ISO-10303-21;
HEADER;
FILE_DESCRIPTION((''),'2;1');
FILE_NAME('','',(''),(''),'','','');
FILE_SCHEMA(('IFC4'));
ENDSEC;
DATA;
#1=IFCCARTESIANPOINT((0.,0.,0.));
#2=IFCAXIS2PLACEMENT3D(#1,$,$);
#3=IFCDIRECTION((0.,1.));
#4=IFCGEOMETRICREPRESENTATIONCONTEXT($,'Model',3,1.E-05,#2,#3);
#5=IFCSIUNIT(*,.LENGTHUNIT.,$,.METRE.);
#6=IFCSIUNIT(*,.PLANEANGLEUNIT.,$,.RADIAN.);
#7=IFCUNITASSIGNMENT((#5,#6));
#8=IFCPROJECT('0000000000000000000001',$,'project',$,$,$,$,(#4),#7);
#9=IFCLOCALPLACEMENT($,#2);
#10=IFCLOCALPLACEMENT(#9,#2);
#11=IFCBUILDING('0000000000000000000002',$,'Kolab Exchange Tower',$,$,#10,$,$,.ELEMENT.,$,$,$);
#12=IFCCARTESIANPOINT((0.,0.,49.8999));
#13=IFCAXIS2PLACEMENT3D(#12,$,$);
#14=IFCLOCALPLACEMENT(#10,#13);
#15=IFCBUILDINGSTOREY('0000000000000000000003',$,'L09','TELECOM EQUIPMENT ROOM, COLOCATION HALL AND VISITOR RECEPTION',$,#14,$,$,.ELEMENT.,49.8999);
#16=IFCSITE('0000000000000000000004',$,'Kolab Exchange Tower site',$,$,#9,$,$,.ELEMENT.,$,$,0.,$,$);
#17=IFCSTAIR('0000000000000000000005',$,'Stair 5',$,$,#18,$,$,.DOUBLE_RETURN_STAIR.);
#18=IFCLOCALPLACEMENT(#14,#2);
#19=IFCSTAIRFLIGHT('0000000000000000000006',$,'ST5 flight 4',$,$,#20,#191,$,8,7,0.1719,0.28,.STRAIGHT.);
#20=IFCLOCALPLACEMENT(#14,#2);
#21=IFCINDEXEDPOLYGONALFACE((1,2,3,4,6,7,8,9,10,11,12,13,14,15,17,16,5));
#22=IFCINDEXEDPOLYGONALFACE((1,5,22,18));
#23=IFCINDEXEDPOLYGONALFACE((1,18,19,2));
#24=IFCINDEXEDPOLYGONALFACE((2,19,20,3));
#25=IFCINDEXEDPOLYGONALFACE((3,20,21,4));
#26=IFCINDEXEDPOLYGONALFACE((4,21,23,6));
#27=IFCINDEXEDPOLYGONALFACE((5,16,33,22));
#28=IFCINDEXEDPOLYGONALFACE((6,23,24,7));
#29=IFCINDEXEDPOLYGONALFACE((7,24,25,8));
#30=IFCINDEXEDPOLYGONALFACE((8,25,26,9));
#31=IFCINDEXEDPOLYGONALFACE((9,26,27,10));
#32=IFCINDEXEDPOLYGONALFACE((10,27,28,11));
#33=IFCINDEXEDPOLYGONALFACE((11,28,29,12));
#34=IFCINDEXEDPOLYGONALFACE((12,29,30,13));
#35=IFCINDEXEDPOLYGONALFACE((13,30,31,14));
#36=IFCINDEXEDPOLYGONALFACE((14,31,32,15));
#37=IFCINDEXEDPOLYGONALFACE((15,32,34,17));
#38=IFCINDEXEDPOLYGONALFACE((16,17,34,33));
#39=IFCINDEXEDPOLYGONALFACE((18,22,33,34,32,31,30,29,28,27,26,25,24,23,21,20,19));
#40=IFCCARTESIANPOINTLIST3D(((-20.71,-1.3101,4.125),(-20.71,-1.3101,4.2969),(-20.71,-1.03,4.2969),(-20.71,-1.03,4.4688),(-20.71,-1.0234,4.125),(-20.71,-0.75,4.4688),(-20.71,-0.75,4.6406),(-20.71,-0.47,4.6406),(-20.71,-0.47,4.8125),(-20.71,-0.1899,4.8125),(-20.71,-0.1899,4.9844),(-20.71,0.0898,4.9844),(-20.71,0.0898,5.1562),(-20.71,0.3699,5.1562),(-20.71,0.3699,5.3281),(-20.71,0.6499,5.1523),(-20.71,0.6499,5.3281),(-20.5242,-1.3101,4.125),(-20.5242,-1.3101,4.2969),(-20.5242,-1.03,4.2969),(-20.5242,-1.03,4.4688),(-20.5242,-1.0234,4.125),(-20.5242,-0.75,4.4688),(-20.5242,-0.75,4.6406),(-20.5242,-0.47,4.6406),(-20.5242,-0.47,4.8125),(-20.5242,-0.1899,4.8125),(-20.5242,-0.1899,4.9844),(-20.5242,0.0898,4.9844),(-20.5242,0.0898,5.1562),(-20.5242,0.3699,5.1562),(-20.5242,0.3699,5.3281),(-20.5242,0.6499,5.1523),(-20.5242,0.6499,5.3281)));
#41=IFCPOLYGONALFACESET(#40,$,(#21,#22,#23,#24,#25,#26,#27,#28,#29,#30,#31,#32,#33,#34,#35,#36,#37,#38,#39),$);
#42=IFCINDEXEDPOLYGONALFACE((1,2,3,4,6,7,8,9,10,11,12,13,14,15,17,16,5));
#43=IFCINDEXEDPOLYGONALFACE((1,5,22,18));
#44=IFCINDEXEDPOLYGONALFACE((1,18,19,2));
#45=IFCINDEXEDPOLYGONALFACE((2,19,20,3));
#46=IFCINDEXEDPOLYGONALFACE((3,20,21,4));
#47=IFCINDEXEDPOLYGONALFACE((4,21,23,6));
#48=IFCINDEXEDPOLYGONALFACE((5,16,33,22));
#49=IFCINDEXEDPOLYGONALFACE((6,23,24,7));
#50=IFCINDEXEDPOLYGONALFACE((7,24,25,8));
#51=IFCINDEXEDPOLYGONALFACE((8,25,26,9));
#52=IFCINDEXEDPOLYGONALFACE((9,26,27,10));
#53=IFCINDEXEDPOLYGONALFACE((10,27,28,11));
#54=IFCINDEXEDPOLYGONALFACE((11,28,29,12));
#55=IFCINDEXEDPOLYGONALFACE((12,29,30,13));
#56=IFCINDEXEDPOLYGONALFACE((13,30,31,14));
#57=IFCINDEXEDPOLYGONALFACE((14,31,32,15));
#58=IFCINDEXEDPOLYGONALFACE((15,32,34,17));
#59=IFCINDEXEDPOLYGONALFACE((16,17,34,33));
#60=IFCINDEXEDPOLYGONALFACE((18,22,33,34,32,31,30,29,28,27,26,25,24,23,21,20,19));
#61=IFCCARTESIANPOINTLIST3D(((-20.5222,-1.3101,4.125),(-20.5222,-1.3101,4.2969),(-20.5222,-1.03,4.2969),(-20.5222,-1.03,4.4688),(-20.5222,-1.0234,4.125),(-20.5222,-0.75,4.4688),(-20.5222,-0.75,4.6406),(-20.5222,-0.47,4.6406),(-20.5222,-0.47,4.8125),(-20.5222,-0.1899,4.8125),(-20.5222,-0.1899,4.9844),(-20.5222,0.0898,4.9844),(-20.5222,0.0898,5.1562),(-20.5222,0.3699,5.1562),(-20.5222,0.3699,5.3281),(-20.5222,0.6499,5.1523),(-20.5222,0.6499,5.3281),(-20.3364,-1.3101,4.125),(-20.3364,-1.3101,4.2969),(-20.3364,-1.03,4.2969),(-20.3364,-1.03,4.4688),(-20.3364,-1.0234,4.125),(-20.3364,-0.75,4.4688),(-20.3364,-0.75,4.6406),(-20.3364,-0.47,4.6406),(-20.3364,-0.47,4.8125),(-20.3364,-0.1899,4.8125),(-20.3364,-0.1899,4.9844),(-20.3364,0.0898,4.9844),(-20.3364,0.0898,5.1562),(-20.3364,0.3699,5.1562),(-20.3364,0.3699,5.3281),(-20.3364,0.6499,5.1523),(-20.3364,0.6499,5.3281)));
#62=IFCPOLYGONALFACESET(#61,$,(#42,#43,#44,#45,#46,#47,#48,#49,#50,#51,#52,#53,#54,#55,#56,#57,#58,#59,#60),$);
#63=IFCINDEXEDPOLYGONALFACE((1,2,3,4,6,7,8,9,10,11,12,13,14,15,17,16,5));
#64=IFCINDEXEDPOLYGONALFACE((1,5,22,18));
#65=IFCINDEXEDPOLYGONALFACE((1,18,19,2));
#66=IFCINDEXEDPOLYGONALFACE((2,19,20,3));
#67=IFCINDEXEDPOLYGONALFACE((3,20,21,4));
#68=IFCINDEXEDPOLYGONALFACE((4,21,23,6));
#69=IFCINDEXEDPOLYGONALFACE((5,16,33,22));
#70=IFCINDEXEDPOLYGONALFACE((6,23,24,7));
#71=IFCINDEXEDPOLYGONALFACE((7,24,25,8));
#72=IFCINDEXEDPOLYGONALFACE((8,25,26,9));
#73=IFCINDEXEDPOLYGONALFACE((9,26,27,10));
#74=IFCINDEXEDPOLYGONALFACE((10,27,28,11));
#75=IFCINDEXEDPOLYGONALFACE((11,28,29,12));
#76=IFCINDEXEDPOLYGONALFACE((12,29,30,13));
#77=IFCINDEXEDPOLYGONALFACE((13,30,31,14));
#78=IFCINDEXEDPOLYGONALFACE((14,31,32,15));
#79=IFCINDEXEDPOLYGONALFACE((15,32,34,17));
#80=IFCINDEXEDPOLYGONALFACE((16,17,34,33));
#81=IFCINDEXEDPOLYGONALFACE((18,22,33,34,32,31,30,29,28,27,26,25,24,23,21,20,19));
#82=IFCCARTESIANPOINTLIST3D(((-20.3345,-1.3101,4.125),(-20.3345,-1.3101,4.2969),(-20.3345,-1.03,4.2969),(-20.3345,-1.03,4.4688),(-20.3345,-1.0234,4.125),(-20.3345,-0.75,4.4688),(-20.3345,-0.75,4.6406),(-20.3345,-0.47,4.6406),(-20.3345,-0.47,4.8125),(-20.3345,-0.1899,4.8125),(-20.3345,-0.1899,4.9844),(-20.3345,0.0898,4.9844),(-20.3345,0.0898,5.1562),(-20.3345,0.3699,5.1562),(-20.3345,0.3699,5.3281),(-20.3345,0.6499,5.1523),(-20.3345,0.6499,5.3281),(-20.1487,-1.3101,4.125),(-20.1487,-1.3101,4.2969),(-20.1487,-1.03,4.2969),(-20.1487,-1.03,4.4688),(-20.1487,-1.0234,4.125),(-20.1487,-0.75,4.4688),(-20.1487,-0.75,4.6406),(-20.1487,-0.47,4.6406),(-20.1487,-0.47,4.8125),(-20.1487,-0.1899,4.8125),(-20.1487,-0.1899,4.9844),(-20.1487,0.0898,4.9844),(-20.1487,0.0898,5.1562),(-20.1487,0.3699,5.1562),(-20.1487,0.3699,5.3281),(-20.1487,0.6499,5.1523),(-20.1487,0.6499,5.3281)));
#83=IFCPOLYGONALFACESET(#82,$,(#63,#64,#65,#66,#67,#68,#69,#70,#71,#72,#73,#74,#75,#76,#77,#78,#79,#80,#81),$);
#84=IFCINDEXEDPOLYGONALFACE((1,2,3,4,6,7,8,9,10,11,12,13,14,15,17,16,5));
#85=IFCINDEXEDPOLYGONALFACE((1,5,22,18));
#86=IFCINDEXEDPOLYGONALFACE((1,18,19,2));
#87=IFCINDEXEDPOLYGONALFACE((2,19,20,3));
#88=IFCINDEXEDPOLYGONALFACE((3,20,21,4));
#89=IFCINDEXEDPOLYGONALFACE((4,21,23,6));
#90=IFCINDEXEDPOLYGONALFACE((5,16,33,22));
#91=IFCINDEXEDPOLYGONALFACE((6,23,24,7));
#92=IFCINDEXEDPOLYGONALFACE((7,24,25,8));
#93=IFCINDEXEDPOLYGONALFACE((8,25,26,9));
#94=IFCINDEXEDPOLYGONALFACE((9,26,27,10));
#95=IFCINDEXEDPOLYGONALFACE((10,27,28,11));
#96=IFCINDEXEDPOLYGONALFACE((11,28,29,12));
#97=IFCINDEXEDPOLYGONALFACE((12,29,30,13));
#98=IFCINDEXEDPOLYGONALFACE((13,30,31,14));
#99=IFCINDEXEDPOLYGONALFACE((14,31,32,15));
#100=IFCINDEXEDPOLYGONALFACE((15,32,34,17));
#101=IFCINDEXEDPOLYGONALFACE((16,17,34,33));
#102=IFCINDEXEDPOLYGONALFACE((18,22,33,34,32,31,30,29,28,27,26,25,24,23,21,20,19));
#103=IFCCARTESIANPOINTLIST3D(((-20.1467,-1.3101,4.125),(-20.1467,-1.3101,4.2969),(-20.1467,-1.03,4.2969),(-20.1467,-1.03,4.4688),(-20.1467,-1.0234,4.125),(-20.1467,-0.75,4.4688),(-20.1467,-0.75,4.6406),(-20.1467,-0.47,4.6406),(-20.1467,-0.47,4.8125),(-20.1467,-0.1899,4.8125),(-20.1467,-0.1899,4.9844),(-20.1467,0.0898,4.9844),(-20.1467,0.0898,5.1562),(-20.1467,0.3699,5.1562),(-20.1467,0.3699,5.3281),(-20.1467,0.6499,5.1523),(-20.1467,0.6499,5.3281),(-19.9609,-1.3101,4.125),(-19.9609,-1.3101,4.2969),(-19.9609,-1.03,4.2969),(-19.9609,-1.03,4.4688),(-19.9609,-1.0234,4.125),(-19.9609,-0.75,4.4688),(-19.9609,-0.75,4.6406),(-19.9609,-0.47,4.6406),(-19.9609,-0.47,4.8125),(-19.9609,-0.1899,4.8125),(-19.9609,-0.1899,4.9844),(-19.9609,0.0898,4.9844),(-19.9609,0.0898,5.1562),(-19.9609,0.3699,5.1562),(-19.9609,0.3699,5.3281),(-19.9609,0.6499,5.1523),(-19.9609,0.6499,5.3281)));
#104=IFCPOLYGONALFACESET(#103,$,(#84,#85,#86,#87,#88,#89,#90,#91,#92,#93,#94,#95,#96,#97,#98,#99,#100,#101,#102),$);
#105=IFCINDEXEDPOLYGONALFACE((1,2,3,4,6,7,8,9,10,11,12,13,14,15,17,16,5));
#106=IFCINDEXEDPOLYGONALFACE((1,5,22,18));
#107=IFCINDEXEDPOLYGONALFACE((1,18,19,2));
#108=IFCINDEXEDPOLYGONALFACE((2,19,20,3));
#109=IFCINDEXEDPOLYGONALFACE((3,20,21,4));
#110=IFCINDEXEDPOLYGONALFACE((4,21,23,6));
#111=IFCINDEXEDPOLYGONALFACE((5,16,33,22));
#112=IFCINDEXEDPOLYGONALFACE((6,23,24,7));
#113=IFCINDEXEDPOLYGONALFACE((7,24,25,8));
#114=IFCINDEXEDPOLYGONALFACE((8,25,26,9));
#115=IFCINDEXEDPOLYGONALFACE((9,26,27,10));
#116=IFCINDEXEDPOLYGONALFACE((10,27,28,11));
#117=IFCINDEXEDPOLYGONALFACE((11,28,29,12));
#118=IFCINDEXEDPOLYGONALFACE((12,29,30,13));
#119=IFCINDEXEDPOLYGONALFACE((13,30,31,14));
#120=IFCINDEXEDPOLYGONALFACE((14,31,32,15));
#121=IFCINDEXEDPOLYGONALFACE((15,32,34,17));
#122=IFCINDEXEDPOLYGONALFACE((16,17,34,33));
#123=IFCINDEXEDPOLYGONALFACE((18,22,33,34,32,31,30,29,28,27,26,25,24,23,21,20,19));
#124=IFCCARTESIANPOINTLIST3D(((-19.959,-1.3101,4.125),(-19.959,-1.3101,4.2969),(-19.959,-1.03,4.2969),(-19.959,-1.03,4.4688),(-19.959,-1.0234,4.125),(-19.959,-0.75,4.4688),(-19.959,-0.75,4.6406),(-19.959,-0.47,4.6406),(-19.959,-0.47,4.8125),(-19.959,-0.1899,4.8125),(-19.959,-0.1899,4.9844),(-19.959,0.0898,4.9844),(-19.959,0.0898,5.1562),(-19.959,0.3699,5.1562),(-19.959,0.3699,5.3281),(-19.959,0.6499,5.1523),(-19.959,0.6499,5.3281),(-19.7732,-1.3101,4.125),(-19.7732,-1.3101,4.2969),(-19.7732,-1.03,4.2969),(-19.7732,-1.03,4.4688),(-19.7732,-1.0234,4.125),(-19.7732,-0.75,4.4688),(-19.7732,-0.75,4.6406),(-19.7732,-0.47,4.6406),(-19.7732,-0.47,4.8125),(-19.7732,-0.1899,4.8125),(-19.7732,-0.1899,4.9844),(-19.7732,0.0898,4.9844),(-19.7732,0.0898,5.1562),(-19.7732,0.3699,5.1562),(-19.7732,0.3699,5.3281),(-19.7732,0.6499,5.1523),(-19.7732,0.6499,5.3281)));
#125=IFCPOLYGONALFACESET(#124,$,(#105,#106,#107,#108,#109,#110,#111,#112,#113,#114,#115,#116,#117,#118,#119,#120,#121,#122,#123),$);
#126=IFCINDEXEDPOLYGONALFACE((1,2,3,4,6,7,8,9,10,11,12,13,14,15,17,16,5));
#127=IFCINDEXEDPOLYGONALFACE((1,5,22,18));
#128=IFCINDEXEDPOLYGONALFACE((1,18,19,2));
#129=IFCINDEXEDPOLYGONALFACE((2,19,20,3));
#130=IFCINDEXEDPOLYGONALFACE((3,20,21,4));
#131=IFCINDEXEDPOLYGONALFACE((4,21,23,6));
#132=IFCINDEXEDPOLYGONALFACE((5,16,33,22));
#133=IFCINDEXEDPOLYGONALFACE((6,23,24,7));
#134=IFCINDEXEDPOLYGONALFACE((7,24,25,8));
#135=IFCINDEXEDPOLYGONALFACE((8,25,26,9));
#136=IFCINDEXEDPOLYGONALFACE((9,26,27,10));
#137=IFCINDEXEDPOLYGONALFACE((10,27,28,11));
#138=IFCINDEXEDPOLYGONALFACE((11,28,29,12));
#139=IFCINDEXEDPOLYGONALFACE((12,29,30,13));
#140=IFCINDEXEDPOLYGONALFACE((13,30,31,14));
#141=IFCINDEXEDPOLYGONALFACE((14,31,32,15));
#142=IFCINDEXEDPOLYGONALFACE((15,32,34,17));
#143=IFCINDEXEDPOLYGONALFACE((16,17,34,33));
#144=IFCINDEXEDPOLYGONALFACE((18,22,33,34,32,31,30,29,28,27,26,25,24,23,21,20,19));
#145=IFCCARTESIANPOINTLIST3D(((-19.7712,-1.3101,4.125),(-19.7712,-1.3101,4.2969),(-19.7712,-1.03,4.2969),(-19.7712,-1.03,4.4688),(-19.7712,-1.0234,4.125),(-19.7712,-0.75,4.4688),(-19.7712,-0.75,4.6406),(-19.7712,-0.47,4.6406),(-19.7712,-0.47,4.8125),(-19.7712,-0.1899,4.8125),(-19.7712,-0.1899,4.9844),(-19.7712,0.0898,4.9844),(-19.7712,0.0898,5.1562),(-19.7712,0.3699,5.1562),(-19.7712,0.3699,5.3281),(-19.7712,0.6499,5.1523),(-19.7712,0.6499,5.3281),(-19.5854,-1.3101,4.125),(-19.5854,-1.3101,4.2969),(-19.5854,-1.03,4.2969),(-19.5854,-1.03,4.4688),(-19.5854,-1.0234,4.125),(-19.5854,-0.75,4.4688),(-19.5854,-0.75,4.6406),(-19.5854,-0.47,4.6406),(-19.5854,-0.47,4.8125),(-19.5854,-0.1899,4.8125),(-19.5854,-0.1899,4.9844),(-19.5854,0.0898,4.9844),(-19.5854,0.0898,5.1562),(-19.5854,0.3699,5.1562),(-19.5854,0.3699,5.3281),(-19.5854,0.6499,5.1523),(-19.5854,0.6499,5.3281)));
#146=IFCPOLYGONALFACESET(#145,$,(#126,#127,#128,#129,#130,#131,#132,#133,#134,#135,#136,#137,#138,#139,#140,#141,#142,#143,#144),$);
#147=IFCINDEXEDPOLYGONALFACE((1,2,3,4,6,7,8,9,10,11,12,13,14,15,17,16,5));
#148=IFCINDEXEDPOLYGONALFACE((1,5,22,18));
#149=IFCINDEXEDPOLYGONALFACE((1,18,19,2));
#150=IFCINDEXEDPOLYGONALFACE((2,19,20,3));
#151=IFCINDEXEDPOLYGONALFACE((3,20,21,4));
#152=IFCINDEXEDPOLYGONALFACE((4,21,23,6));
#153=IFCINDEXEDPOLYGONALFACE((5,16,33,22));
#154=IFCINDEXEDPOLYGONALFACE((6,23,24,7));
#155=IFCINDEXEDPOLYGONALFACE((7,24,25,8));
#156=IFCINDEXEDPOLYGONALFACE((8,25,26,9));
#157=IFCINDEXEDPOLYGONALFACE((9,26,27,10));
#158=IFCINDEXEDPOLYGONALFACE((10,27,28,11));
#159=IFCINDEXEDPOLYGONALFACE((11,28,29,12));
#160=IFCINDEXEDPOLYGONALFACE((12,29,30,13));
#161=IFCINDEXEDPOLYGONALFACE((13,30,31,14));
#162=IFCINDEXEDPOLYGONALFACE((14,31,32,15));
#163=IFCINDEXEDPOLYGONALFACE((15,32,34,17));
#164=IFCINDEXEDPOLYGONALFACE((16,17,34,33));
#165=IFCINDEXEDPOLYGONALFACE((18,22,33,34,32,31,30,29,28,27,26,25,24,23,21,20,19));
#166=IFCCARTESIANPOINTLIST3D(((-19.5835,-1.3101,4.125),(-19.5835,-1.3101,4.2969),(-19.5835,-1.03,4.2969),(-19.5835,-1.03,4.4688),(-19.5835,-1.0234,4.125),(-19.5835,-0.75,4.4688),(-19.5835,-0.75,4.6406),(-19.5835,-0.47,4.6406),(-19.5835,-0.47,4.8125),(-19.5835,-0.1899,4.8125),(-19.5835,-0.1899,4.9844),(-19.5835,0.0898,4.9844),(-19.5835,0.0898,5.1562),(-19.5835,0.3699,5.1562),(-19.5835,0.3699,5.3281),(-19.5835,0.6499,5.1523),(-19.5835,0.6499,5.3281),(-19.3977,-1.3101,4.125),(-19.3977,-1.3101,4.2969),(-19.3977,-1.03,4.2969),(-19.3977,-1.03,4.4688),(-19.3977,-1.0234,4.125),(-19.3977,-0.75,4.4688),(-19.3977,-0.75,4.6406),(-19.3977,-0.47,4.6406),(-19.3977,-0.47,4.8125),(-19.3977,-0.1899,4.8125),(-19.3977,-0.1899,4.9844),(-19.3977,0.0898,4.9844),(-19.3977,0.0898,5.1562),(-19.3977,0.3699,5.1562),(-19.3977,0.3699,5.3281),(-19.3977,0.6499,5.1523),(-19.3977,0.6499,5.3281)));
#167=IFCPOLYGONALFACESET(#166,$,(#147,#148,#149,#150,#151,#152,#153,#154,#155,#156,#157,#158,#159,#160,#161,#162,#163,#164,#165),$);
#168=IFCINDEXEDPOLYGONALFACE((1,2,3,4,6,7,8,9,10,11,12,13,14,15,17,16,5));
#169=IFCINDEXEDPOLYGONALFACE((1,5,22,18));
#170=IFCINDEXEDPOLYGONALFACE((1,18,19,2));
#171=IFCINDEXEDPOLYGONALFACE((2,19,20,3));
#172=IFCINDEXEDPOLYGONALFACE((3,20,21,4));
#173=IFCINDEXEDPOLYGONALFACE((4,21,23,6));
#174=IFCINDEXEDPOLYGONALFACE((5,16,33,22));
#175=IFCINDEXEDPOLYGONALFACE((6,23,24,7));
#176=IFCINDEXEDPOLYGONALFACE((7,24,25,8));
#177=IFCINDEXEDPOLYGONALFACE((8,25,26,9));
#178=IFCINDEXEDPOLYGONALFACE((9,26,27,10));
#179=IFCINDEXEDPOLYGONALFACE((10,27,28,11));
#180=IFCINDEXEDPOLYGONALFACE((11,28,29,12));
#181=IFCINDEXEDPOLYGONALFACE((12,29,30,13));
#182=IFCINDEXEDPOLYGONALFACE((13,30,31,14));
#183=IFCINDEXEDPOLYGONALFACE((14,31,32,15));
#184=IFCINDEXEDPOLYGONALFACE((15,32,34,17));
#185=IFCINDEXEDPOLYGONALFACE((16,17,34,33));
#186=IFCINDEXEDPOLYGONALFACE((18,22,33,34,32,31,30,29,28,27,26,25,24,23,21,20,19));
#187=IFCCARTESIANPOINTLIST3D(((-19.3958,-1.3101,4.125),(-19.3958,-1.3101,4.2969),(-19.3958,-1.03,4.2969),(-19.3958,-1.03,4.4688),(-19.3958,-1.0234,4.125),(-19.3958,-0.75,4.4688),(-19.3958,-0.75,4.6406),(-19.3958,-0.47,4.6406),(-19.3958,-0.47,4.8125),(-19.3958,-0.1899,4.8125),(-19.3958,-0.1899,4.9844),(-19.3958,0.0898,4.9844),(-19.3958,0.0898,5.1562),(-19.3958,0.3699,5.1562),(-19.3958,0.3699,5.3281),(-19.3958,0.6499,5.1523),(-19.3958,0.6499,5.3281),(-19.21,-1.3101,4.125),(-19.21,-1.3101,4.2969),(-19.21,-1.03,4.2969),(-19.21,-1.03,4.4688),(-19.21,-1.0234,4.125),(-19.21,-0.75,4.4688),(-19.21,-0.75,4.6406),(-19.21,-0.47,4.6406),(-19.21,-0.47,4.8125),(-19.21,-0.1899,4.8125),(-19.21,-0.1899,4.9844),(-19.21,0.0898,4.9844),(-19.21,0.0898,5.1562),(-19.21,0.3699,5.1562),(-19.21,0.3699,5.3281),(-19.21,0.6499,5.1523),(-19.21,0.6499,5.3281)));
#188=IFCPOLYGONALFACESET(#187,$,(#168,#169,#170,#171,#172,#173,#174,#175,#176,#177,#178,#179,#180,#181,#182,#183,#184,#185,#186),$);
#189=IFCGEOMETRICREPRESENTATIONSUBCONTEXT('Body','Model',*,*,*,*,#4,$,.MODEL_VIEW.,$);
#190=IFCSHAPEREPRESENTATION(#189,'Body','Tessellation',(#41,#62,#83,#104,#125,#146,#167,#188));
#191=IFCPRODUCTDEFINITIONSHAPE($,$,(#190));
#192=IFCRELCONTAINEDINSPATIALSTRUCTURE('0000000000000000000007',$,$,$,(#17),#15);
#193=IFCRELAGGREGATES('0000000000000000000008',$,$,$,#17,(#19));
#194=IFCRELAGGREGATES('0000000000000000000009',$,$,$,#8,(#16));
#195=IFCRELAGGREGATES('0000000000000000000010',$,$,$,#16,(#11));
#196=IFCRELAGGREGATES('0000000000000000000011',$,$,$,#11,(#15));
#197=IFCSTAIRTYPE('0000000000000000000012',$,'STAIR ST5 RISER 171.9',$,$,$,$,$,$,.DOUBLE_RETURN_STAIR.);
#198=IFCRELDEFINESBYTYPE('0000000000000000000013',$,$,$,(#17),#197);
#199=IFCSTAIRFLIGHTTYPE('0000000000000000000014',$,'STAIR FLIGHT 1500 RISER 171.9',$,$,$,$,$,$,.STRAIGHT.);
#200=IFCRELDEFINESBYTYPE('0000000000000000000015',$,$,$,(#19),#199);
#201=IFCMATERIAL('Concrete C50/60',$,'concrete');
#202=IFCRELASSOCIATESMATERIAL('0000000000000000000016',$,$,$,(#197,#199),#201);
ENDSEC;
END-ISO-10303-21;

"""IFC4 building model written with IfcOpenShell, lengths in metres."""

from ifc_helpers import new_model, si_unit, direction, frame, origin, place, context, subcontext, project, spatial, polyline, outline, extrude, material, type_object, element, aggregate, save


model = new_model("IFC4")

# Units and contexts
model_context = context("Model", 3, precision=1e-05, world=origin(), true_north=direction((0.0, 1.0)))
body_context = subcontext(model_context, "Body", "Model", "MODEL_VIEW")
ifc_project = project(units=[si_unit("LENGTHUNIT", "METRE"), si_unit("PLANEANGLEUNIT", "RADIAN")], contexts=[model_context])

# Site, building, storey
site_placement = place(None, origin())
site = spatial("IfcSite", under=ifc_project, at=site_placement, Name="Kolab Exchange Tower site", CompositionType="ELEMENT", RefElevation=0.0)
building_placement = place(site_placement, origin())
building = spatial("IfcBuilding", under=site, at=building_placement, Name="Kolab Exchange Tower", CompositionType="ELEMENT")
storey_placement = place(building_placement, frame((0.0, 0.0, 49.8999)))
storey = spatial("IfcBuildingStorey", under=building, at=storey_placement, Name="L09", Description="TELECOM EQUIPMENT ROOM, COLOCATION HALL AND VISITOR RECEPTION", CompositionType="ELEMENT", Elevation=49.8999)

# Shared definitions
ifc_material_1 = material(Name="Concrete C50/60", Category="concrete")

# Stair, stair flight
stair_type = type_object("IfcStairType", Name="STAIR ST5 RISER 171.9", PredefinedType="DOUBLE_RETURN_STAIR", material=ifc_material_1)
stair_placement = place(storey_placement, origin())
stair = element("IfcStair", 1, at=stair_placement, inside=storey, type_object=stair_type, Name="Stair 5", PredefinedType="DOUBLE_RETURN_STAIR")
stair_flight_type = type_object("IfcStairFlightType", Name="STAIR FLIGHT 1500 RISER 171.9", PredefinedType="STRAIGHT", material=ifc_material_1)
stair_flight_1_placement = place(storey_placement, frame((-19.96, -1.3101, 4.125), z_axis=(0.0, 0.0, 1.0), x_axis=(0.0, 1.0, 0.0)))
stair_flight_1 = element("IfcStairFlight", 2, at=stair_flight_1_placement, type_object=stair_flight_type, Name="ST5 flight 4", NumberOfRisers=8, NumberOfTreads=7, PredefinedType="STRAIGHT", RiserHeight=0.1719, TreadLength=0.28, context=body_context, shape_type="SweptSolid", body=[
    extrude(outline(polyline([(0.0, 0.0), (0.0, 0.1719), (0.28, 0.1719), (0.28, 0.3438), (0.5601, 0.3438), (0.5601, 0.5156), (0.8401, 0.5156), (0.8401, 0.6875), (1.1201, 0.6875), (1.1201, 0.8594), (1.3999, 0.8594), (1.3999, 1.0312), (1.6799, 1.0312), (1.6799, 1.2031), (1.96, 1.2031), (1.96, 1.375), (1.96, 1.0273), (0.2866, 0.0), (0.0, 0.0)])), frame((0.0, 0.75, 0.0), z_axis=(0.0, -1.0, 0.0), x_axis=(1.0, 0.0, 0.0)), (0.0, 0.0, 1.0), 0.1858),
    extrude(outline(polyline([(0.0, 0.0), (0.0, 0.1719), (0.28, 0.1719), (0.28, 0.3438), (0.5601, 0.3438), (0.5601, 0.5156), (0.8401, 0.5156), (0.8401, 0.6875), (1.1201, 0.6875), (1.1201, 0.8594), (1.3999, 0.8594), (1.3999, 1.0312), (1.6799, 1.0312), (1.6799, 1.2031), (1.96, 1.2031), (1.96, 1.375), (1.96, 1.0273), (0.2866, 0.0), (0.0, 0.0)])), frame((0.0, 0.5623, 0.0), z_axis=(0.0, -1.0, 0.0), x_axis=(1.0, 0.0, 0.0)), (0.0, 0.0, 1.0), 0.1858),
    extrude(outline(polyline([(0.0, 0.0), (0.0, 0.1719), (0.28, 0.1719), (0.28, 0.3438), (0.5601, 0.3438), (0.5601, 0.5156), (0.8401, 0.5156), (0.8401, 0.6875), (1.1201, 0.6875), (1.1201, 0.8594), (1.3999, 0.8594), (1.3999, 1.0312), (1.6799, 1.0312), (1.6799, 1.2031), (1.96, 1.2031), (1.96, 1.375), (1.96, 1.0273), (0.2866, 0.0), (0.0, 0.0)])), frame((0.0, 0.3745, 0.0), z_axis=(0.0, -1.0, 0.0), x_axis=(1.0, 0.0, 0.0)), (0.0, 0.0, 1.0), 0.1858),
    extrude(outline(polyline([(0.0, 0.0), (0.0, 0.1719), (0.28, 0.1719), (0.28, 0.3438), (0.5601, 0.3438), (0.5601, 0.5156), (0.8401, 0.5156), (0.8401, 0.6875), (1.1201, 0.6875), (1.1201, 0.8594), (1.3999, 0.8594), (1.3999, 1.0312), (1.6799, 1.0312), (1.6799, 1.2031), (1.96, 1.2031), (1.96, 1.375), (1.96, 1.0273), (0.2866, 0.0), (0.0, 0.0)])), frame((0.0, 0.1868, 0.0), z_axis=(0.0, -1.0, 0.0), x_axis=(1.0, 0.0, 0.0)), (0.0, 0.0, 1.0), 0.1858),
    extrude(outline(polyline([(0.0, 0.0), (0.0, 0.1719), (0.28, 0.1719), (0.28, 0.3438), (0.5601, 0.3438), (0.5601, 0.5156), (0.8401, 0.5156), (0.8401, 0.6875), (1.1201, 0.6875), (1.1201, 0.8594), (1.3999, 0.8594), (1.3999, 1.0312), (1.6799, 1.0312), (1.6799, 1.2031), (1.96, 1.2031), (1.96, 1.375), (1.96, 1.0273), (0.2866, 0.0), (0.0, 0.0)])), frame((0.0, -0.001, 0.0), z_axis=(0.0, -1.0, 0.0), x_axis=(1.0, 0.0, 0.0)), (0.0, 0.0, 1.0), 0.1858),
    extrude(outline(polyline([(0.0, 0.0), (0.0, 0.1719), (0.28, 0.1719), (0.28, 0.3438), (0.5601, 0.3438), (0.5601, 0.5156), (0.8401, 0.5156), (0.8401, 0.6875), (1.1201, 0.6875), (1.1201, 0.8594), (1.3999, 0.8594), (1.3999, 1.0312), (1.6799, 1.0312), (1.6799, 1.2031), (1.96, 1.2031), (1.96, 1.375), (1.96, 1.0273), (0.2866, 0.0), (0.0, 0.0)])), frame((0.0, -0.1887, 0.0), z_axis=(0.0, -1.0, 0.0), x_axis=(1.0, 0.0, 0.0)), (0.0, 0.0, 1.0), 0.1858),
    extrude(outline(polyline([(0.0, 0.0), (0.0, 0.1719), (0.28, 0.1719), (0.28, 0.3438), (0.5601, 0.3438), (0.5601, 0.5156), (0.8401, 0.5156), (0.8401, 0.6875), (1.1201, 0.6875), (1.1201, 0.8594), (1.3999, 0.8594), (1.3999, 1.0312), (1.6799, 1.0312), (1.6799, 1.2031), (1.96, 1.2031), (1.96, 1.375), (1.96, 1.0273), (0.2866, 0.0), (0.0, 0.0)])), frame((0.0, -0.3765, 0.0), z_axis=(0.0, -1.0, 0.0), x_axis=(1.0, 0.0, 0.0)), (0.0, 0.0, 1.0), 0.1858),
    extrude(outline(polyline([(0.0, 0.0), (0.0, 0.1719), (0.28, 0.1719), (0.28, 0.3438), (0.5601, 0.3438), (0.5601, 0.5156), (0.8401, 0.5156), (0.8401, 0.6875), (1.1201, 0.6875), (1.1201, 0.8594), (1.3999, 0.8594), (1.3999, 1.0312), (1.6799, 1.0312), (1.6799, 1.2031), (1.96, 1.2031), (1.96, 1.375), (1.96, 1.0273), (0.2866, 0.0), (0.0, 0.0)])), frame((0.0, -0.5642, 0.0), z_axis=(0.0, -1.0, 0.0), x_axis=(1.0, 0.0, 0.0)), (0.0, 0.0, 1.0), 0.1858),
])
aggregate(stair, [stair_flight_1])

save(model, "model.ifc")
